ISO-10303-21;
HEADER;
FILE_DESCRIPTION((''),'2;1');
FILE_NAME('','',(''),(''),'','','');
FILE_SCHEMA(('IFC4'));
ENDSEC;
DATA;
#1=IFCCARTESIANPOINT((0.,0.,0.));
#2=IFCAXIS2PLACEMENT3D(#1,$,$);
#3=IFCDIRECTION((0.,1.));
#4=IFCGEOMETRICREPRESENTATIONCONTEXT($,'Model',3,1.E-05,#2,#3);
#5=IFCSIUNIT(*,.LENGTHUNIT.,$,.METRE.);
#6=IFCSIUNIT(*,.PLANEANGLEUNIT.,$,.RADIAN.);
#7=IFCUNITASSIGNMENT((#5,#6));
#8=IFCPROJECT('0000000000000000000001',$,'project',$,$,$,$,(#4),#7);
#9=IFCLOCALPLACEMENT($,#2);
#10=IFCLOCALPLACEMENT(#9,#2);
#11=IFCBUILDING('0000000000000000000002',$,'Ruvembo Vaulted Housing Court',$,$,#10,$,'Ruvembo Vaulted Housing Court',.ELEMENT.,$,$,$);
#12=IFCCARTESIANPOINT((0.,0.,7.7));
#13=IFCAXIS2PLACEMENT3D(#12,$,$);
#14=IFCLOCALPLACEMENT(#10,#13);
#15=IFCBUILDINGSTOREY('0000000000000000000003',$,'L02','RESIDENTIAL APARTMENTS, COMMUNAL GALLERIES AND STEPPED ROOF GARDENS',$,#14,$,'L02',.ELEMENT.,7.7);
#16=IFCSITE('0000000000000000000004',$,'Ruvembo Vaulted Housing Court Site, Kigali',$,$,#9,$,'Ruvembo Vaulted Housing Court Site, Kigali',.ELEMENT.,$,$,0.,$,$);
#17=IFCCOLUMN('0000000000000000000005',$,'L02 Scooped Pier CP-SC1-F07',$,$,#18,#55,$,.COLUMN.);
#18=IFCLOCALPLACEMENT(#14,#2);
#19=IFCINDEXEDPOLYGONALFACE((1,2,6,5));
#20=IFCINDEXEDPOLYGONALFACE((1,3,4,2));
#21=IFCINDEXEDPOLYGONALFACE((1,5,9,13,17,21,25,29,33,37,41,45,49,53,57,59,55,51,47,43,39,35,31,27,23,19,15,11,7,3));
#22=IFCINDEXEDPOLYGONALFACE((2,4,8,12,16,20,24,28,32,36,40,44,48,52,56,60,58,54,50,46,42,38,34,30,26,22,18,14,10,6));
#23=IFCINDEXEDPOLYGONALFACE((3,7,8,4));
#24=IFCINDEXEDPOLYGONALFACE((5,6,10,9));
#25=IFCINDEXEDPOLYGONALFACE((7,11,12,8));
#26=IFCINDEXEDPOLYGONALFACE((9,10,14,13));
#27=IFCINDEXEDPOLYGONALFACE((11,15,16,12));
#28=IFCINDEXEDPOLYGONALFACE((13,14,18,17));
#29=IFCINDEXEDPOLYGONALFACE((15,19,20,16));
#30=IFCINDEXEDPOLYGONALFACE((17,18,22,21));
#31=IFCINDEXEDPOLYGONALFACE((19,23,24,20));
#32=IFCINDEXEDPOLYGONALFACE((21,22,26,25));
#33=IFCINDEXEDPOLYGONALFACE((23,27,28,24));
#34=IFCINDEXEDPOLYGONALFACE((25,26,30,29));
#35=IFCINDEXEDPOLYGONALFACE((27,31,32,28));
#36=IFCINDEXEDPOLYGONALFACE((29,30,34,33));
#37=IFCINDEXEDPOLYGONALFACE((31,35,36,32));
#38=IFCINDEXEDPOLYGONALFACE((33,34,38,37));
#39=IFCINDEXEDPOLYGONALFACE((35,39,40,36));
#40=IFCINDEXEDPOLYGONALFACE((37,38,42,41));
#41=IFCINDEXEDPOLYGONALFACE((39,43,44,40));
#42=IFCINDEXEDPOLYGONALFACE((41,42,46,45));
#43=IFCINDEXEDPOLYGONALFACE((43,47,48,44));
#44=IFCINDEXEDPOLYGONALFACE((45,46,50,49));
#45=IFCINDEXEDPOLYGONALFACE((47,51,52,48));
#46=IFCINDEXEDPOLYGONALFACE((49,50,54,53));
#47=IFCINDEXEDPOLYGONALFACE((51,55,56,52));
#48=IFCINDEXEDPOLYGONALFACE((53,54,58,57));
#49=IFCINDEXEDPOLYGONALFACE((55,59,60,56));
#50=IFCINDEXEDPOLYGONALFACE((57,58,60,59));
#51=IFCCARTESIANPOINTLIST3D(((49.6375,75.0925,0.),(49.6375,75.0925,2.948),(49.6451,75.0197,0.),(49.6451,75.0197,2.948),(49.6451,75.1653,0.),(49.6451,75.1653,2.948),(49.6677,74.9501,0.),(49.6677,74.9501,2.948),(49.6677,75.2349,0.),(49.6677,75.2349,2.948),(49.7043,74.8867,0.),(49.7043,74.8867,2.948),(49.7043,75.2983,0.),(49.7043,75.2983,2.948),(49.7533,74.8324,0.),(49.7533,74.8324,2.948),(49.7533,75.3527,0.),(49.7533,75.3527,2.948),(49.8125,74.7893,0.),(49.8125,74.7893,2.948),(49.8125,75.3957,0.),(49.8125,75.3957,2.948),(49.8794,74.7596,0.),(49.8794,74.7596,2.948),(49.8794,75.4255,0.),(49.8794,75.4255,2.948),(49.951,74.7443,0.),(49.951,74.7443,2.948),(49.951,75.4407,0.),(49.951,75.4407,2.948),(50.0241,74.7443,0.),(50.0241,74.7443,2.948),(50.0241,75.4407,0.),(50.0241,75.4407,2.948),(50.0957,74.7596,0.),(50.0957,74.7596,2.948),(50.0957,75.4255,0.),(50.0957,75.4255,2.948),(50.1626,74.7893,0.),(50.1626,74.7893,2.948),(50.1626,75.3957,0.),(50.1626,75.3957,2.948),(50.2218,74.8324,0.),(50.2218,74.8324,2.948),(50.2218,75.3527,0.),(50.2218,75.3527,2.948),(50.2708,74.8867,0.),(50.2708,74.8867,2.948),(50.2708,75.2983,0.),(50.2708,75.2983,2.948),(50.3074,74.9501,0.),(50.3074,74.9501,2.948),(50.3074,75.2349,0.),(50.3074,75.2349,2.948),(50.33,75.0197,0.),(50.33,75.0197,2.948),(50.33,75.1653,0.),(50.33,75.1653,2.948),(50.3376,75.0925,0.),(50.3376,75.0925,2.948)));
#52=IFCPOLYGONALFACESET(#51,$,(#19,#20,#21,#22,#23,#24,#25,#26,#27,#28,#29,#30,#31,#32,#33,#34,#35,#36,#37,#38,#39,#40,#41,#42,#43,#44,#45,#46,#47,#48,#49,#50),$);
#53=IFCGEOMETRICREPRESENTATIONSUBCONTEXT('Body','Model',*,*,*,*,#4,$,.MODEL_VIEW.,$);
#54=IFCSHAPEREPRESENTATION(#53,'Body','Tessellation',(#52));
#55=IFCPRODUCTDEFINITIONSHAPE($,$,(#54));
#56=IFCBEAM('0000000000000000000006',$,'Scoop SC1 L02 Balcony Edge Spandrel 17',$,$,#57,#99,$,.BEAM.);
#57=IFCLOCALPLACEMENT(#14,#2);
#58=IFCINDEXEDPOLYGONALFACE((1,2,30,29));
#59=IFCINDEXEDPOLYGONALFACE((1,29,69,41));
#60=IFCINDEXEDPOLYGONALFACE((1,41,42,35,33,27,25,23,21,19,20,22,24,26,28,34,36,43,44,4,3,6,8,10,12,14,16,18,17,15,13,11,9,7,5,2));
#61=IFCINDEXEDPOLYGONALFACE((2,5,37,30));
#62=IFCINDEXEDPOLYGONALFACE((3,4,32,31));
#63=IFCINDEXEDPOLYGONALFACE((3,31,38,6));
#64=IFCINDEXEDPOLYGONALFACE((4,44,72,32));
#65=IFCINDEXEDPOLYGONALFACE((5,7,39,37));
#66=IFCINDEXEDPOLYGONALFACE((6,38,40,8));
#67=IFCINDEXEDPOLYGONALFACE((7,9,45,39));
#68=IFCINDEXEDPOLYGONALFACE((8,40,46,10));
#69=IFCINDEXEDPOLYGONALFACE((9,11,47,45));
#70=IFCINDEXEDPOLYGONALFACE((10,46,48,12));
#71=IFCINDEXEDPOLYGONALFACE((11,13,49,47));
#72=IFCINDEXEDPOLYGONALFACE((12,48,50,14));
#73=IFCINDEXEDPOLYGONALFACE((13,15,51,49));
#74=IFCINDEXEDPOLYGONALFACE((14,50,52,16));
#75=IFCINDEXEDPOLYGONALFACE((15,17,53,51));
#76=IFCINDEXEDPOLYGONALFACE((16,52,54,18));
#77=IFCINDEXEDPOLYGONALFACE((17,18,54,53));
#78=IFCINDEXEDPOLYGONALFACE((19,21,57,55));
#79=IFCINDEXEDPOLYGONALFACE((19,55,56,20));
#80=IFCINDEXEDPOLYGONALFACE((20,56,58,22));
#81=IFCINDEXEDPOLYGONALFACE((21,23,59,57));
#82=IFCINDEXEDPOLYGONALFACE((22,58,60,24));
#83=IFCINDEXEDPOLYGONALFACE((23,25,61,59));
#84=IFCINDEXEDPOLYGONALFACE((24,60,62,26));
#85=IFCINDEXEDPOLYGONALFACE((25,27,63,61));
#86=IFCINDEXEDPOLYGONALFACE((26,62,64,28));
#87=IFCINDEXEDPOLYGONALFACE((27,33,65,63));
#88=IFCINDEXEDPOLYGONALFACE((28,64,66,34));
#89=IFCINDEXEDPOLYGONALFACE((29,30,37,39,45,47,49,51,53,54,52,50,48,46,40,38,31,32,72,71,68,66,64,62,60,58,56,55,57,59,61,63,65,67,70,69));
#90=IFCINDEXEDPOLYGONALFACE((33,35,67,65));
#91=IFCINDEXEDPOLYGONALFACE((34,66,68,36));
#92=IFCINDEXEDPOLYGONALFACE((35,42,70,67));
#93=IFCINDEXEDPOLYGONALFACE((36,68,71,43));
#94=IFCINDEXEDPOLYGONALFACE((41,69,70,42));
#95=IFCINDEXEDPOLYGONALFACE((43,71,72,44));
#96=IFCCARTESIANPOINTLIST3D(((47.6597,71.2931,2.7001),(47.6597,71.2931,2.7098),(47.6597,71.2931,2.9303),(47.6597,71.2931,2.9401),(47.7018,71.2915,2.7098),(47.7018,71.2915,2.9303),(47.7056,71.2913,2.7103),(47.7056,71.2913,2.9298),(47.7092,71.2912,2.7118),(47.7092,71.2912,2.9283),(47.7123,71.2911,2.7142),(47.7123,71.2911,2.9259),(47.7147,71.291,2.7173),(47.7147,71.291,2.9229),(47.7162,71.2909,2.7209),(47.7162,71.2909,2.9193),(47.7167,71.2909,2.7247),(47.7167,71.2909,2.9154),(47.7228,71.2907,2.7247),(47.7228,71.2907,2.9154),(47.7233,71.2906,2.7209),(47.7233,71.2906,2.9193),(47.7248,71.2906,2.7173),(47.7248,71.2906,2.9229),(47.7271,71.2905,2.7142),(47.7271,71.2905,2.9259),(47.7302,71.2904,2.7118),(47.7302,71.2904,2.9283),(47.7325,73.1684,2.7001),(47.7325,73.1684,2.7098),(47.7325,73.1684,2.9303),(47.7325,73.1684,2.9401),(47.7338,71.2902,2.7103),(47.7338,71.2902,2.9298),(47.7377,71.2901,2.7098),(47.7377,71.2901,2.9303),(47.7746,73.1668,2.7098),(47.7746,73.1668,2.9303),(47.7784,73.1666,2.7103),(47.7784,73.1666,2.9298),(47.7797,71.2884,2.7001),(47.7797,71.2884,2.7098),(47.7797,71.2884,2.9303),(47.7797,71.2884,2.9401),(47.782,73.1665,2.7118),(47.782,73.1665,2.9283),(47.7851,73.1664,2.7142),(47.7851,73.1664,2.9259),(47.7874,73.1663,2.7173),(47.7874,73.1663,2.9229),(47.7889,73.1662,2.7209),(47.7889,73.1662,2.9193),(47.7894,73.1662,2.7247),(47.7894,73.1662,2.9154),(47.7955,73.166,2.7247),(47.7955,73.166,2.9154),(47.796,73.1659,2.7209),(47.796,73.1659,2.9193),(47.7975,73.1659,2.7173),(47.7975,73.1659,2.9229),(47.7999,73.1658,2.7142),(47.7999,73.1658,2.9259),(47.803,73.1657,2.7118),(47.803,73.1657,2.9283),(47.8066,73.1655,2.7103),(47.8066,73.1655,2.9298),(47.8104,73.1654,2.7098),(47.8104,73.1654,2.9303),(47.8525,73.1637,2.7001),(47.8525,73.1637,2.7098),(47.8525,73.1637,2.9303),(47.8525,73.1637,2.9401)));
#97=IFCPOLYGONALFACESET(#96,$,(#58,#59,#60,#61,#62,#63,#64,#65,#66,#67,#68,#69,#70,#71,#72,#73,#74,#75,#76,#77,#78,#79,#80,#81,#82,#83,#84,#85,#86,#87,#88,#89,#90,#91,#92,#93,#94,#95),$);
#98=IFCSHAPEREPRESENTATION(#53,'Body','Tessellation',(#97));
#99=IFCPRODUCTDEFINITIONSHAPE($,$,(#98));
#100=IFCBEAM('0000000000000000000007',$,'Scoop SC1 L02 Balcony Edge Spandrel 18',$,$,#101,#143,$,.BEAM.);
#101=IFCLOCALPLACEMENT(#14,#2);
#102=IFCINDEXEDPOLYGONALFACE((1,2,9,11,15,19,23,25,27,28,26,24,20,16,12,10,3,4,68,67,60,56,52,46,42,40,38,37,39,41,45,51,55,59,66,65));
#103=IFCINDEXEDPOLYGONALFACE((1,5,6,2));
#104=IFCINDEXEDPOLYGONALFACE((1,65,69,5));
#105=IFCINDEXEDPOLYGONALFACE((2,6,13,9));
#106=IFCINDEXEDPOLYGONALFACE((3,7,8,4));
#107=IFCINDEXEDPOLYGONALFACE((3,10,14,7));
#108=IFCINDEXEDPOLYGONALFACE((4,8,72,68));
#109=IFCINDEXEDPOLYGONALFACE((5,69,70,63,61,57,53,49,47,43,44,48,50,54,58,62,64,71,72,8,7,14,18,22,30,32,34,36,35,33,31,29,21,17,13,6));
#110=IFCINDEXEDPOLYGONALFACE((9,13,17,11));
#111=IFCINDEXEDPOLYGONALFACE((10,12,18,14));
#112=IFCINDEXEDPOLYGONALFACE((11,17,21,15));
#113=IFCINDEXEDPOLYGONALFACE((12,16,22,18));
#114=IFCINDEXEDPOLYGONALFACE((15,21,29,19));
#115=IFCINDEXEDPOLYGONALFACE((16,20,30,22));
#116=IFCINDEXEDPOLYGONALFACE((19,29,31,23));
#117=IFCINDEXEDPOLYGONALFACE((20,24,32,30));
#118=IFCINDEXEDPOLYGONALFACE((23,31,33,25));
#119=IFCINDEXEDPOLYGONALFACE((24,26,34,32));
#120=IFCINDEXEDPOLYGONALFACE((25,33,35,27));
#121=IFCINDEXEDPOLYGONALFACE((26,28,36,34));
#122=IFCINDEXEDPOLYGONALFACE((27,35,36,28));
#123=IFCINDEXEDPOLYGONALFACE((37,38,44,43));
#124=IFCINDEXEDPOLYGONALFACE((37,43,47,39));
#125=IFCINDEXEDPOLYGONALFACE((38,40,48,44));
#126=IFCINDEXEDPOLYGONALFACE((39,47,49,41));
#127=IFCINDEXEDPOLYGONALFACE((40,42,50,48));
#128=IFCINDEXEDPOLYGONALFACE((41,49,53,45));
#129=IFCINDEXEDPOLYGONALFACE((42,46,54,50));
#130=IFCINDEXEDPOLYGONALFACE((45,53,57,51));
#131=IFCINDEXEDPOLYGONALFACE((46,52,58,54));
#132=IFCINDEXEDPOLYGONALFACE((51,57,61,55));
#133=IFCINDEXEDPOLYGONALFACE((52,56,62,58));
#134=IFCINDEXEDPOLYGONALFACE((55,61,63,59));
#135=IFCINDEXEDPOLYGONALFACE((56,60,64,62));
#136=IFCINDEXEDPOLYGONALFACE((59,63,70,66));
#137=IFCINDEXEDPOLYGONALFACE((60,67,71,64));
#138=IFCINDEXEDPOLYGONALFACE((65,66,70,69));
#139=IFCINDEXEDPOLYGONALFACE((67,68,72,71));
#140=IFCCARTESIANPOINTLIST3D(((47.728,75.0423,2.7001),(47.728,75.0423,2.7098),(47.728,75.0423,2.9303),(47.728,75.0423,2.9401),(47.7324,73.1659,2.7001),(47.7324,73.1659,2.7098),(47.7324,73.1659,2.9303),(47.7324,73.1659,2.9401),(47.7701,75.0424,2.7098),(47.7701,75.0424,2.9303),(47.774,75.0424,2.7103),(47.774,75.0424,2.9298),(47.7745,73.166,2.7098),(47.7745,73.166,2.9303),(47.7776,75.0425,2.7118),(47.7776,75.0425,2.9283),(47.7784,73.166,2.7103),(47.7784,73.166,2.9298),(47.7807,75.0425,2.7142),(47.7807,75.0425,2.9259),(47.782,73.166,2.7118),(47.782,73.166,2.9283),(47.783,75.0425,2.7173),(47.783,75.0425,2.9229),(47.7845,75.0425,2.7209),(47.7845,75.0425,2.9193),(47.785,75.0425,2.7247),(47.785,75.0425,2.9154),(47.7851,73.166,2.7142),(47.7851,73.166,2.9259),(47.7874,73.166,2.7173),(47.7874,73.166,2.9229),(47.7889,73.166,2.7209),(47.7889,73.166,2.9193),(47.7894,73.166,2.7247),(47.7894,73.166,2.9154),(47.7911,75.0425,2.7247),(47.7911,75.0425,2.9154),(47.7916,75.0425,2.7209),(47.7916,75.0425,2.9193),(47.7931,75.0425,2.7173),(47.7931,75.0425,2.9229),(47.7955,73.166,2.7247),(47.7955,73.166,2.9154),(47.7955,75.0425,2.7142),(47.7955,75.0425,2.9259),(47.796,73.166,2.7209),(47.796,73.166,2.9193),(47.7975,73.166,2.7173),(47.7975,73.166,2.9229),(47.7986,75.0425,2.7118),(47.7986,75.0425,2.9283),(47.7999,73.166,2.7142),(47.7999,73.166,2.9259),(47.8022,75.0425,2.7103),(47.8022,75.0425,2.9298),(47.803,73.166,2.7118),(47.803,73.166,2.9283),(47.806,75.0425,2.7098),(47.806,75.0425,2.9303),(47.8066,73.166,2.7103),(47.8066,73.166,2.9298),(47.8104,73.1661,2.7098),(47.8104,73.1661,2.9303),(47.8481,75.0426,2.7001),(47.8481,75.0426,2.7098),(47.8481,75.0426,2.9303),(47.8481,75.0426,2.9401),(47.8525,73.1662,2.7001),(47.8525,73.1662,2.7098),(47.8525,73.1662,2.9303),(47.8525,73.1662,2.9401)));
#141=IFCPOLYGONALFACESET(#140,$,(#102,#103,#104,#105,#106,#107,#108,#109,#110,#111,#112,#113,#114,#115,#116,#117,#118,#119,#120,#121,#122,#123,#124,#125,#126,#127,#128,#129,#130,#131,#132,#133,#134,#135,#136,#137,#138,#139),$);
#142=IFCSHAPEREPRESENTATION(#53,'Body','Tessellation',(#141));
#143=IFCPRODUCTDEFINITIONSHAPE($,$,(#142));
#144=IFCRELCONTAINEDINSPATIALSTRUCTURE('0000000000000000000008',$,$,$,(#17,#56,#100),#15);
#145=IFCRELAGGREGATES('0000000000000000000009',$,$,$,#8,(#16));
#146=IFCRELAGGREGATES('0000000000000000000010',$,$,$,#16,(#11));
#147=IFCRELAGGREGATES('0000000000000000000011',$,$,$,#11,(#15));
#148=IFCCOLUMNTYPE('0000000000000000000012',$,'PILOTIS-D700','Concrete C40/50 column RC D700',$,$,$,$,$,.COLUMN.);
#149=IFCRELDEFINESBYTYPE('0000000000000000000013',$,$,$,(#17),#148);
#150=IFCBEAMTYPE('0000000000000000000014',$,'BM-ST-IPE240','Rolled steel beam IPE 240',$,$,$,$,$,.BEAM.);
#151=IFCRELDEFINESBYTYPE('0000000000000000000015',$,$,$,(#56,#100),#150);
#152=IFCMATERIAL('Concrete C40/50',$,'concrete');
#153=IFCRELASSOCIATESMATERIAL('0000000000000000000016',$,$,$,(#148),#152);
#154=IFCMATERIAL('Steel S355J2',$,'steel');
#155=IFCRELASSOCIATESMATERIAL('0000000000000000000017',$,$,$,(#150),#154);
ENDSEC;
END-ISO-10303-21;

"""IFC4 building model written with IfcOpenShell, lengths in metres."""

from ifc_helpers import new_model, si_unit, direction, frame, origin, origin_2d, place, context, subcontext, project, spatial, circle, i_section, extrude, material, material_profile, profile_set, type_object, element, save


model = new_model("IFC4")

# Units and contexts
model_context = context("Model", 3, precision=1e-05, world=origin(), true_north=direction((0.0, 1.0)))
body_context = subcontext(model_context, "Body", "Model", "MODEL_VIEW")
ifc_project = project(units=[si_unit("LENGTHUNIT", "METRE"), si_unit("PLANEANGLEUNIT", "RADIAN")], contexts=[model_context])

# Site, building, storey
site_placement = place(None, origin())
site = spatial("IfcSite", under=ifc_project, at=site_placement, Name="Ruvembo Vaulted Housing Court Site, Kigali", LongName="Ruvembo Vaulted Housing Court Site, Kigali", CompositionType="ELEMENT", RefElevation=0.0)
building_placement = place(site_placement, origin())
building = spatial("IfcBuilding", under=site, at=building_placement, Name="Ruvembo Vaulted Housing Court", LongName="Ruvembo Vaulted Housing Court", CompositionType="ELEMENT")
storey_placement = place(building_placement, frame((0.0, 0.0, 7.7)))
storey = spatial("IfcBuildingStorey", under=building, at=storey_placement, Name="L02", Description="RESIDENTIAL APARTMENTS, COMMUNAL GALLERIES AND STEPPED ROOF GARDENS", LongName="L02", CompositionType="ELEMENT", Elevation=7.7)

# Column
ifc_material_1 = material(Name="Concrete C40/50", Category="concrete")
ifc_material_profile_1 = material_profile(ifc_material_1, circle(Radius=0.3501, at=origin_2d()), Name="RC D700")
ifc_profile_set_1 = profile_set([ifc_material_profile_1], Name="Concrete C40/50")
column_type = type_object("IfcColumnType", Name="PILOTIS-D700", Description="Concrete C40/50 column RC D700", PredefinedType="COLUMN", material=ifc_profile_set_1)
column_placement = place(storey_placement, frame((49.9875, 75.0925, 0.0), z_axis=(0.0, 0.0, 1.0), x_axis=(1.0, 0.0, 0.0)))
element("IfcColumn", 1, at=column_placement, inside=storey, type_object=column_type, Name="L02 Scooped Pier CP-SC1-F07", PredefinedType="COLUMN", context=body_context, shape_type="SweptSolid", body=[
    extrude(circle(Radius=0.3501, at=origin_2d()), origin(), (0.0, 0.0, 1.0), 2.948),
])

# Beams
ifc_material_2 = material(Name="Steel S355J2", Category="steel")
ifc_material_profile_2 = material_profile(ifc_material_2, i_section(OverallWidth=0.1201, OverallDepth=0.24, WebThickness=0.0061, FlangeThickness=0.0098, FilletRadius=0.0149, at=origin_2d()), Name="IPE 240")
ifc_profile_set_2 = profile_set([ifc_material_profile_2], Name="Steel S355J2")
beam_type = type_object("IfcBeamType", Name="BM-ST-IPE240", Description="Rolled steel beam IPE 240", PredefinedType="BEAM", material=ifc_profile_set_2)
beam_1_placement = place(storey_placement, frame((47.7197, 71.2908, 2.8201), z_axis=(0.038768, 0.999248, 0.0), x_axis=(-0.999248, 0.038768, 0.0)))
element("IfcBeam", 2, at=beam_1_placement, inside=storey, type_object=beam_type, Name="Scoop SC1 L02 Balcony Edge Spandrel 17", PredefinedType="BEAM", context=body_context, shape_type="SweptSolid", body=[
    extrude(i_section(OverallWidth=0.1201, OverallDepth=0.24, WebThickness=0.0061, FlangeThickness=0.0098, FilletRadius=0.0149, at=origin_2d()), origin(), (0.0, 0.0, 1.0), 1.8767),
])
beam_2_placement = place(storey_placement, frame((47.7925, 73.166, 2.8201), z_axis=(-0.002342, 0.999997, 0.0), x_axis=(-0.999997, -0.002342, 0.0)))
element("IfcBeam", 3, at=beam_2_placement, inside=storey, type_object=beam_type, Name="Scoop SC1 L02 Balcony Edge Spandrel 18", PredefinedType="BEAM", context=body_context, shape_type="SweptSolid", body=[
    extrude(i_section(OverallWidth=0.1201, OverallDepth=0.24, WebThickness=0.0061, FlangeThickness=0.0098, FilletRadius=0.0149, at=origin_2d()), origin(), (0.0, 0.0, 1.0), 1.8765),
])

save(model, "model.ifc")
